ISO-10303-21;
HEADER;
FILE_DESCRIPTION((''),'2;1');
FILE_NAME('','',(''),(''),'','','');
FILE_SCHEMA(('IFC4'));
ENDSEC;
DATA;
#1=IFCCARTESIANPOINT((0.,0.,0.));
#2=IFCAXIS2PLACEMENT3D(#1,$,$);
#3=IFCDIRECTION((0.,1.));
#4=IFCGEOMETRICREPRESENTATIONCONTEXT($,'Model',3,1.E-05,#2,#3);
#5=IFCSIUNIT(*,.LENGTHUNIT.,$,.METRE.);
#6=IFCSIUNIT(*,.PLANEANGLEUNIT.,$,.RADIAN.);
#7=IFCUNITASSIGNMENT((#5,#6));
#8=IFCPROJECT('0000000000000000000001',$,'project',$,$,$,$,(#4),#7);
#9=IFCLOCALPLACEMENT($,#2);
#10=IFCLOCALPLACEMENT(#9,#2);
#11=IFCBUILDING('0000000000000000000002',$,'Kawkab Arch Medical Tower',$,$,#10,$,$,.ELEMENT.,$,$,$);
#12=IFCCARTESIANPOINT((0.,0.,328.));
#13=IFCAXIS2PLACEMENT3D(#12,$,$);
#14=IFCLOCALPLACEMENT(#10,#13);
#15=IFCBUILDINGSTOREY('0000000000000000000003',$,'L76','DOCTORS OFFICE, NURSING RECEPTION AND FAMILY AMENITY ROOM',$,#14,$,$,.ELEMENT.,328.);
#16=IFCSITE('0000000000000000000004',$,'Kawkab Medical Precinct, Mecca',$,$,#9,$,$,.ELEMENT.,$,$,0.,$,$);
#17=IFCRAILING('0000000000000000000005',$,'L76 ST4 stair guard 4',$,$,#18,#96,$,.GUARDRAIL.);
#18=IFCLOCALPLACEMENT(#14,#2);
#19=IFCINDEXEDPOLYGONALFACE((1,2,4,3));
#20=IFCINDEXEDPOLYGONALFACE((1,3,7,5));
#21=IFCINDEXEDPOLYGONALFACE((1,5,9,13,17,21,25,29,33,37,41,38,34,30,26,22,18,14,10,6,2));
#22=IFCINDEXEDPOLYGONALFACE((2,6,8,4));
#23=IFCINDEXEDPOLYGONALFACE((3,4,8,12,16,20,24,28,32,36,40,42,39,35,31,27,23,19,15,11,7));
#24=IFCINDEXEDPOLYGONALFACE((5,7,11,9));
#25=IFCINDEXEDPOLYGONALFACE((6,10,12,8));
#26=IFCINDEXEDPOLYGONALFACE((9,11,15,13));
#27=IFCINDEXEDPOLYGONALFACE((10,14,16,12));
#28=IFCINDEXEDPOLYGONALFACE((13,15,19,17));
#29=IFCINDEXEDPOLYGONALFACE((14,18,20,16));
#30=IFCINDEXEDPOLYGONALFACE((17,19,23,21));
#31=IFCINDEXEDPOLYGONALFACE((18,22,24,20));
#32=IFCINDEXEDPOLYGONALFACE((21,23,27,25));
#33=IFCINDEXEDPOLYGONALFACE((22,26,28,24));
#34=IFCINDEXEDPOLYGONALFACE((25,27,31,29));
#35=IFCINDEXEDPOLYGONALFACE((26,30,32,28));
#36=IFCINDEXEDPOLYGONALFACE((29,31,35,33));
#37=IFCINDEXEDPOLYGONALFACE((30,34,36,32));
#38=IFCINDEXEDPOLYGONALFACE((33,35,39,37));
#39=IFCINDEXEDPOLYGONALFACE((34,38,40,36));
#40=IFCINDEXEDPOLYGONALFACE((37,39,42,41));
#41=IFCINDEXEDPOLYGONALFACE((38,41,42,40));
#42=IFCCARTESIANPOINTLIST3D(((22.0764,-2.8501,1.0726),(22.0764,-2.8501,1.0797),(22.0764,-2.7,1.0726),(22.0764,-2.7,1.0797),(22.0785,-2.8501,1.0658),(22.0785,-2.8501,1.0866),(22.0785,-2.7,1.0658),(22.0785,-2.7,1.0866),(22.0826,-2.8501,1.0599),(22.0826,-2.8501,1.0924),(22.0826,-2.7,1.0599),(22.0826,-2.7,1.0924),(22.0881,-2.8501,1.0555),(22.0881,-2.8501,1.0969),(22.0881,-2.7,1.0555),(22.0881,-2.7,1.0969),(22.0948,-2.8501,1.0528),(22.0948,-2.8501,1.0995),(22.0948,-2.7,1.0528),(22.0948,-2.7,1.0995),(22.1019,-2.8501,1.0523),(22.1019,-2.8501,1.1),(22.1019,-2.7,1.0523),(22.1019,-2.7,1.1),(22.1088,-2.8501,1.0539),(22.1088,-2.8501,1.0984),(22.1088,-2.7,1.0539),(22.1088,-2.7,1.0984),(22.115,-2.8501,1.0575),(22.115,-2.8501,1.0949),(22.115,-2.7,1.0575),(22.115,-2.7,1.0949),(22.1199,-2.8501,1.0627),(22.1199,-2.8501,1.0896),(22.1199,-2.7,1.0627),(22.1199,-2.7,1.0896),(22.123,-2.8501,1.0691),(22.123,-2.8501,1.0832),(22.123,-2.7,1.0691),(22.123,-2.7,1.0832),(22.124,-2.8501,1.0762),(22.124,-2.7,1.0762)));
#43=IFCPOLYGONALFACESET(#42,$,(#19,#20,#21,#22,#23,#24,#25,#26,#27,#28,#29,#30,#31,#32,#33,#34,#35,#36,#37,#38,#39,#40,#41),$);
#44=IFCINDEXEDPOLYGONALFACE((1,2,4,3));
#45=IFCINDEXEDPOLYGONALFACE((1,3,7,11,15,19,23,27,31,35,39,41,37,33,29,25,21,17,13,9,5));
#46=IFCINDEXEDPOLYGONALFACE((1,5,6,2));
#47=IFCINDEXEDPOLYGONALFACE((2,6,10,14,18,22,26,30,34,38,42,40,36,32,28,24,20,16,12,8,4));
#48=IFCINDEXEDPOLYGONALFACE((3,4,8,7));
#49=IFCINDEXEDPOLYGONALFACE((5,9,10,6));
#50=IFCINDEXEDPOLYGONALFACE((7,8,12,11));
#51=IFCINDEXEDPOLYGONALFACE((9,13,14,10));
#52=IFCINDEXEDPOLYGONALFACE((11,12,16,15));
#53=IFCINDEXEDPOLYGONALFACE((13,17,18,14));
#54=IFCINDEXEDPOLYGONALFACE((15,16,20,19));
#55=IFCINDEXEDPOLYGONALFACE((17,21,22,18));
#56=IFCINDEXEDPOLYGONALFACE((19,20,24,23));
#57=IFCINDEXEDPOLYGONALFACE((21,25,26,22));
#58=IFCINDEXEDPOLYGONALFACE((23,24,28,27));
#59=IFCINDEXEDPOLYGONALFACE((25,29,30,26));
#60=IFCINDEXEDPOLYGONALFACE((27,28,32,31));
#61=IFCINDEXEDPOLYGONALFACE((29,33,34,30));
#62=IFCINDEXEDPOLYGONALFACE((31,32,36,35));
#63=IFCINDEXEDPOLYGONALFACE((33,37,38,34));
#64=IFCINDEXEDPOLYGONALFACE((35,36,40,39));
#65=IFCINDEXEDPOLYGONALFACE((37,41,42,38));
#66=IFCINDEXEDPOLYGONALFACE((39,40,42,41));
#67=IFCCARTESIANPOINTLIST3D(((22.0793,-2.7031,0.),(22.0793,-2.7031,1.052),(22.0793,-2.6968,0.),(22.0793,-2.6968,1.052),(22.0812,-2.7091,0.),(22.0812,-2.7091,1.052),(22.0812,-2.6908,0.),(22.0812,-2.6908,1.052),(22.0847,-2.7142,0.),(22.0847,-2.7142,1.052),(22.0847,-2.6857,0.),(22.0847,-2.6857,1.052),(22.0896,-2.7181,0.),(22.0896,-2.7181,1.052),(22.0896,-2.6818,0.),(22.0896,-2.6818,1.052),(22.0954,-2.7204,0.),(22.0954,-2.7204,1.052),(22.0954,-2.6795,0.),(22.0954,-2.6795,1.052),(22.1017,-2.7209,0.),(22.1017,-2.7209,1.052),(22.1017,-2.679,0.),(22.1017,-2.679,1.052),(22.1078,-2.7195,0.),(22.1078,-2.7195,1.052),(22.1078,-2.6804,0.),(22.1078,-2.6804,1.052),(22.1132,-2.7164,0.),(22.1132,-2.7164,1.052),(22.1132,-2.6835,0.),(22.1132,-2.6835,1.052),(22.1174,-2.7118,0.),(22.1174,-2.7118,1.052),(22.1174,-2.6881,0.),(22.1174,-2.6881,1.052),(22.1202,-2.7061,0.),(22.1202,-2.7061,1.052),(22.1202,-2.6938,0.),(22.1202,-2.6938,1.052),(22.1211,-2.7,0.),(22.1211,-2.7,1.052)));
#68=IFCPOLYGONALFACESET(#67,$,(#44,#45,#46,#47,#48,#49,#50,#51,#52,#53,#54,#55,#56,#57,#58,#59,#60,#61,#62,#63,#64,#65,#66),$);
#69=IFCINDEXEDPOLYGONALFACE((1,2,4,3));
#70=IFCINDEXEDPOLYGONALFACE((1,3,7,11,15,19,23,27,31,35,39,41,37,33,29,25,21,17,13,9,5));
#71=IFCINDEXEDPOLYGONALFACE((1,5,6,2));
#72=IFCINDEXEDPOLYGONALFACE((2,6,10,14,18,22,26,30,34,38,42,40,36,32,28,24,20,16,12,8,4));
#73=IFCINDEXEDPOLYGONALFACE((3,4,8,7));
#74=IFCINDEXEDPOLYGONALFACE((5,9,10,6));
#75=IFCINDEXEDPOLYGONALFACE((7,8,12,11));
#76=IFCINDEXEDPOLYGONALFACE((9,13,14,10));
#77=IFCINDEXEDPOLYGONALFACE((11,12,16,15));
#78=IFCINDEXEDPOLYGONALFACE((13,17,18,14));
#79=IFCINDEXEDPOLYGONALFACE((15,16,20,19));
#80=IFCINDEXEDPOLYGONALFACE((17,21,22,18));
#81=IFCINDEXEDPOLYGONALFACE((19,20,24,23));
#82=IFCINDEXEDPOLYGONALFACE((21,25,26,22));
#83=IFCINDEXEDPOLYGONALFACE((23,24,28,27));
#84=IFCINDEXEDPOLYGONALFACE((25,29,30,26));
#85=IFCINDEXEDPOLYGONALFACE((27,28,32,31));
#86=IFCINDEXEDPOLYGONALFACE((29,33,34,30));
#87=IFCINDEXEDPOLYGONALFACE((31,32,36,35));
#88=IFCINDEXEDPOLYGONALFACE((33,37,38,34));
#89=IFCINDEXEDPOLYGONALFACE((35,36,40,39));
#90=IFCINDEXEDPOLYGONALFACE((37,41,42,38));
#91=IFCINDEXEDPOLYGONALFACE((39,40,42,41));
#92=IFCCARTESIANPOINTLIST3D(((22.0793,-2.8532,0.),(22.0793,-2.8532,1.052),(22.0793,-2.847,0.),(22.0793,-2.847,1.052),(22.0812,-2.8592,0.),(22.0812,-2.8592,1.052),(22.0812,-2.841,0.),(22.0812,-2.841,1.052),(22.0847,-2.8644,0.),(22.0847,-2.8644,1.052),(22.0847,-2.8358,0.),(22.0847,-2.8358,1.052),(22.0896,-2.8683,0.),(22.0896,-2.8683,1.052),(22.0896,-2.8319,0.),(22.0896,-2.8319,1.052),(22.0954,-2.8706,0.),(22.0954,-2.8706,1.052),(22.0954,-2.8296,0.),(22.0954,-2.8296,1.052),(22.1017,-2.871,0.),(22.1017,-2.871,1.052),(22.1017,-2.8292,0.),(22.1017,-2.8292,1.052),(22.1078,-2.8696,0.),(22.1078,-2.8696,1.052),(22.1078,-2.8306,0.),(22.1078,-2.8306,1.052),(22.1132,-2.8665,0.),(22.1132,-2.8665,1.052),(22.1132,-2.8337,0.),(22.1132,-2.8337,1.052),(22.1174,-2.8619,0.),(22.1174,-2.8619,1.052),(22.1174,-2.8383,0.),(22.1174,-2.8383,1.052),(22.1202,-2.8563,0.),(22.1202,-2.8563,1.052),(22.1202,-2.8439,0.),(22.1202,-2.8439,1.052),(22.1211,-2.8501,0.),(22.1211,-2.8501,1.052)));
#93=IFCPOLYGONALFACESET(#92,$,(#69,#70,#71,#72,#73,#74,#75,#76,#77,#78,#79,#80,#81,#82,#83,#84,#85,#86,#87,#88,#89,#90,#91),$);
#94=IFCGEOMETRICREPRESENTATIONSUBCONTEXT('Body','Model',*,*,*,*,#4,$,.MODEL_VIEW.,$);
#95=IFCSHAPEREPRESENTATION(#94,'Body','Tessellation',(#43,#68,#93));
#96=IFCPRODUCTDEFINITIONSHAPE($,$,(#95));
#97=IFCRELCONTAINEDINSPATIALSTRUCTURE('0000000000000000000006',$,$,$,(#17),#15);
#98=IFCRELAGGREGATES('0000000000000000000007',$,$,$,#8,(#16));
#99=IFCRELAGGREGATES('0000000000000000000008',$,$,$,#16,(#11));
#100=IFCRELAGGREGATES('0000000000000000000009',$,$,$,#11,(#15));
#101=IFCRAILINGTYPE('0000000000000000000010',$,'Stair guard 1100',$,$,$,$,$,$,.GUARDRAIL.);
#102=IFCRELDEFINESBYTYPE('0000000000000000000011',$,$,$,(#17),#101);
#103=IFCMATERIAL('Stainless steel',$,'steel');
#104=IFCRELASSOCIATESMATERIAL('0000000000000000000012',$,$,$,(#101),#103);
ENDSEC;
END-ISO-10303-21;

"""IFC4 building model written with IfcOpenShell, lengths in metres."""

from ifc_helpers import new_model, si_unit, direction, frame, origin, origin_2d, place, context, subcontext, project, spatial, circle, extrude, material, type_object, element, save


model = new_model("IFC4")

# Units and contexts
model_context = context("Model", 3, precision=1e-05, world=origin(), true_north=direction((0.0, 1.0)))
body_context = subcontext(model_context, "Body", "Model", "MODEL_VIEW")
ifc_project = project(units=[si_unit("LENGTHUNIT", "METRE"), si_unit("PLANEANGLEUNIT", "RADIAN")], contexts=[model_context])

# Site, building, storey
site_placement = place(None, origin())
site = spatial("IfcSite", under=ifc_project, at=site_placement, Name="Kawkab Medical Precinct, Mecca", CompositionType="ELEMENT", RefElevation=0.0)
building_placement = place(site_placement, origin())
building = spatial("IfcBuilding", under=site, at=building_placement, Name="Kawkab Arch Medical Tower", CompositionType="ELEMENT")
storey_placement = place(building_placement, frame((0.0, 0.0, 328.0)))
storey = spatial("IfcBuildingStorey", under=building, at=storey_placement, Name="L76", Description="DOCTORS OFFICE, NURSING RECEPTION AND FAMILY AMENITY ROOM", CompositionType="ELEMENT", Elevation=328.0)

# Railing
ifc_material_1 = material(Name="Stainless steel", Category="steel")
railing_type_1 = type_object("IfcRailingType", Name="Stair guard 1100", PredefinedType="GUARDRAIL", material=ifc_material_1)
railing_1_placement = place(storey_placement, frame((22.1001, -2.7, 0.0)))
element("IfcRailing", 1, at=railing_1_placement, inside=storey, type_object=railing_type_1, Name="L76 ST4 stair guard 4", PredefinedType="GUARDRAIL", context=body_context, shape_type="SweptSolid", body=[
    extrude(circle(Radius=0.0239, at=origin_2d()), frame((0.0, 0.0, 1.0762), z_axis=(0.0, -1.0, 0.0), x_axis=(1.0, 0.0, 0.0)), (0.0, 0.0, 1.0), 0.1501),
    extrude(circle(Radius=0.021, at=origin_2d()), origin(), (0.0, 0.0, 1.0), 1.052),
    extrude(circle(Radius=0.021, at=origin_2d()), frame((0.0, -0.1501, 0.0)), (0.0, 0.0, 1.0), 1.052),
])

save(model, "model.ifc")
